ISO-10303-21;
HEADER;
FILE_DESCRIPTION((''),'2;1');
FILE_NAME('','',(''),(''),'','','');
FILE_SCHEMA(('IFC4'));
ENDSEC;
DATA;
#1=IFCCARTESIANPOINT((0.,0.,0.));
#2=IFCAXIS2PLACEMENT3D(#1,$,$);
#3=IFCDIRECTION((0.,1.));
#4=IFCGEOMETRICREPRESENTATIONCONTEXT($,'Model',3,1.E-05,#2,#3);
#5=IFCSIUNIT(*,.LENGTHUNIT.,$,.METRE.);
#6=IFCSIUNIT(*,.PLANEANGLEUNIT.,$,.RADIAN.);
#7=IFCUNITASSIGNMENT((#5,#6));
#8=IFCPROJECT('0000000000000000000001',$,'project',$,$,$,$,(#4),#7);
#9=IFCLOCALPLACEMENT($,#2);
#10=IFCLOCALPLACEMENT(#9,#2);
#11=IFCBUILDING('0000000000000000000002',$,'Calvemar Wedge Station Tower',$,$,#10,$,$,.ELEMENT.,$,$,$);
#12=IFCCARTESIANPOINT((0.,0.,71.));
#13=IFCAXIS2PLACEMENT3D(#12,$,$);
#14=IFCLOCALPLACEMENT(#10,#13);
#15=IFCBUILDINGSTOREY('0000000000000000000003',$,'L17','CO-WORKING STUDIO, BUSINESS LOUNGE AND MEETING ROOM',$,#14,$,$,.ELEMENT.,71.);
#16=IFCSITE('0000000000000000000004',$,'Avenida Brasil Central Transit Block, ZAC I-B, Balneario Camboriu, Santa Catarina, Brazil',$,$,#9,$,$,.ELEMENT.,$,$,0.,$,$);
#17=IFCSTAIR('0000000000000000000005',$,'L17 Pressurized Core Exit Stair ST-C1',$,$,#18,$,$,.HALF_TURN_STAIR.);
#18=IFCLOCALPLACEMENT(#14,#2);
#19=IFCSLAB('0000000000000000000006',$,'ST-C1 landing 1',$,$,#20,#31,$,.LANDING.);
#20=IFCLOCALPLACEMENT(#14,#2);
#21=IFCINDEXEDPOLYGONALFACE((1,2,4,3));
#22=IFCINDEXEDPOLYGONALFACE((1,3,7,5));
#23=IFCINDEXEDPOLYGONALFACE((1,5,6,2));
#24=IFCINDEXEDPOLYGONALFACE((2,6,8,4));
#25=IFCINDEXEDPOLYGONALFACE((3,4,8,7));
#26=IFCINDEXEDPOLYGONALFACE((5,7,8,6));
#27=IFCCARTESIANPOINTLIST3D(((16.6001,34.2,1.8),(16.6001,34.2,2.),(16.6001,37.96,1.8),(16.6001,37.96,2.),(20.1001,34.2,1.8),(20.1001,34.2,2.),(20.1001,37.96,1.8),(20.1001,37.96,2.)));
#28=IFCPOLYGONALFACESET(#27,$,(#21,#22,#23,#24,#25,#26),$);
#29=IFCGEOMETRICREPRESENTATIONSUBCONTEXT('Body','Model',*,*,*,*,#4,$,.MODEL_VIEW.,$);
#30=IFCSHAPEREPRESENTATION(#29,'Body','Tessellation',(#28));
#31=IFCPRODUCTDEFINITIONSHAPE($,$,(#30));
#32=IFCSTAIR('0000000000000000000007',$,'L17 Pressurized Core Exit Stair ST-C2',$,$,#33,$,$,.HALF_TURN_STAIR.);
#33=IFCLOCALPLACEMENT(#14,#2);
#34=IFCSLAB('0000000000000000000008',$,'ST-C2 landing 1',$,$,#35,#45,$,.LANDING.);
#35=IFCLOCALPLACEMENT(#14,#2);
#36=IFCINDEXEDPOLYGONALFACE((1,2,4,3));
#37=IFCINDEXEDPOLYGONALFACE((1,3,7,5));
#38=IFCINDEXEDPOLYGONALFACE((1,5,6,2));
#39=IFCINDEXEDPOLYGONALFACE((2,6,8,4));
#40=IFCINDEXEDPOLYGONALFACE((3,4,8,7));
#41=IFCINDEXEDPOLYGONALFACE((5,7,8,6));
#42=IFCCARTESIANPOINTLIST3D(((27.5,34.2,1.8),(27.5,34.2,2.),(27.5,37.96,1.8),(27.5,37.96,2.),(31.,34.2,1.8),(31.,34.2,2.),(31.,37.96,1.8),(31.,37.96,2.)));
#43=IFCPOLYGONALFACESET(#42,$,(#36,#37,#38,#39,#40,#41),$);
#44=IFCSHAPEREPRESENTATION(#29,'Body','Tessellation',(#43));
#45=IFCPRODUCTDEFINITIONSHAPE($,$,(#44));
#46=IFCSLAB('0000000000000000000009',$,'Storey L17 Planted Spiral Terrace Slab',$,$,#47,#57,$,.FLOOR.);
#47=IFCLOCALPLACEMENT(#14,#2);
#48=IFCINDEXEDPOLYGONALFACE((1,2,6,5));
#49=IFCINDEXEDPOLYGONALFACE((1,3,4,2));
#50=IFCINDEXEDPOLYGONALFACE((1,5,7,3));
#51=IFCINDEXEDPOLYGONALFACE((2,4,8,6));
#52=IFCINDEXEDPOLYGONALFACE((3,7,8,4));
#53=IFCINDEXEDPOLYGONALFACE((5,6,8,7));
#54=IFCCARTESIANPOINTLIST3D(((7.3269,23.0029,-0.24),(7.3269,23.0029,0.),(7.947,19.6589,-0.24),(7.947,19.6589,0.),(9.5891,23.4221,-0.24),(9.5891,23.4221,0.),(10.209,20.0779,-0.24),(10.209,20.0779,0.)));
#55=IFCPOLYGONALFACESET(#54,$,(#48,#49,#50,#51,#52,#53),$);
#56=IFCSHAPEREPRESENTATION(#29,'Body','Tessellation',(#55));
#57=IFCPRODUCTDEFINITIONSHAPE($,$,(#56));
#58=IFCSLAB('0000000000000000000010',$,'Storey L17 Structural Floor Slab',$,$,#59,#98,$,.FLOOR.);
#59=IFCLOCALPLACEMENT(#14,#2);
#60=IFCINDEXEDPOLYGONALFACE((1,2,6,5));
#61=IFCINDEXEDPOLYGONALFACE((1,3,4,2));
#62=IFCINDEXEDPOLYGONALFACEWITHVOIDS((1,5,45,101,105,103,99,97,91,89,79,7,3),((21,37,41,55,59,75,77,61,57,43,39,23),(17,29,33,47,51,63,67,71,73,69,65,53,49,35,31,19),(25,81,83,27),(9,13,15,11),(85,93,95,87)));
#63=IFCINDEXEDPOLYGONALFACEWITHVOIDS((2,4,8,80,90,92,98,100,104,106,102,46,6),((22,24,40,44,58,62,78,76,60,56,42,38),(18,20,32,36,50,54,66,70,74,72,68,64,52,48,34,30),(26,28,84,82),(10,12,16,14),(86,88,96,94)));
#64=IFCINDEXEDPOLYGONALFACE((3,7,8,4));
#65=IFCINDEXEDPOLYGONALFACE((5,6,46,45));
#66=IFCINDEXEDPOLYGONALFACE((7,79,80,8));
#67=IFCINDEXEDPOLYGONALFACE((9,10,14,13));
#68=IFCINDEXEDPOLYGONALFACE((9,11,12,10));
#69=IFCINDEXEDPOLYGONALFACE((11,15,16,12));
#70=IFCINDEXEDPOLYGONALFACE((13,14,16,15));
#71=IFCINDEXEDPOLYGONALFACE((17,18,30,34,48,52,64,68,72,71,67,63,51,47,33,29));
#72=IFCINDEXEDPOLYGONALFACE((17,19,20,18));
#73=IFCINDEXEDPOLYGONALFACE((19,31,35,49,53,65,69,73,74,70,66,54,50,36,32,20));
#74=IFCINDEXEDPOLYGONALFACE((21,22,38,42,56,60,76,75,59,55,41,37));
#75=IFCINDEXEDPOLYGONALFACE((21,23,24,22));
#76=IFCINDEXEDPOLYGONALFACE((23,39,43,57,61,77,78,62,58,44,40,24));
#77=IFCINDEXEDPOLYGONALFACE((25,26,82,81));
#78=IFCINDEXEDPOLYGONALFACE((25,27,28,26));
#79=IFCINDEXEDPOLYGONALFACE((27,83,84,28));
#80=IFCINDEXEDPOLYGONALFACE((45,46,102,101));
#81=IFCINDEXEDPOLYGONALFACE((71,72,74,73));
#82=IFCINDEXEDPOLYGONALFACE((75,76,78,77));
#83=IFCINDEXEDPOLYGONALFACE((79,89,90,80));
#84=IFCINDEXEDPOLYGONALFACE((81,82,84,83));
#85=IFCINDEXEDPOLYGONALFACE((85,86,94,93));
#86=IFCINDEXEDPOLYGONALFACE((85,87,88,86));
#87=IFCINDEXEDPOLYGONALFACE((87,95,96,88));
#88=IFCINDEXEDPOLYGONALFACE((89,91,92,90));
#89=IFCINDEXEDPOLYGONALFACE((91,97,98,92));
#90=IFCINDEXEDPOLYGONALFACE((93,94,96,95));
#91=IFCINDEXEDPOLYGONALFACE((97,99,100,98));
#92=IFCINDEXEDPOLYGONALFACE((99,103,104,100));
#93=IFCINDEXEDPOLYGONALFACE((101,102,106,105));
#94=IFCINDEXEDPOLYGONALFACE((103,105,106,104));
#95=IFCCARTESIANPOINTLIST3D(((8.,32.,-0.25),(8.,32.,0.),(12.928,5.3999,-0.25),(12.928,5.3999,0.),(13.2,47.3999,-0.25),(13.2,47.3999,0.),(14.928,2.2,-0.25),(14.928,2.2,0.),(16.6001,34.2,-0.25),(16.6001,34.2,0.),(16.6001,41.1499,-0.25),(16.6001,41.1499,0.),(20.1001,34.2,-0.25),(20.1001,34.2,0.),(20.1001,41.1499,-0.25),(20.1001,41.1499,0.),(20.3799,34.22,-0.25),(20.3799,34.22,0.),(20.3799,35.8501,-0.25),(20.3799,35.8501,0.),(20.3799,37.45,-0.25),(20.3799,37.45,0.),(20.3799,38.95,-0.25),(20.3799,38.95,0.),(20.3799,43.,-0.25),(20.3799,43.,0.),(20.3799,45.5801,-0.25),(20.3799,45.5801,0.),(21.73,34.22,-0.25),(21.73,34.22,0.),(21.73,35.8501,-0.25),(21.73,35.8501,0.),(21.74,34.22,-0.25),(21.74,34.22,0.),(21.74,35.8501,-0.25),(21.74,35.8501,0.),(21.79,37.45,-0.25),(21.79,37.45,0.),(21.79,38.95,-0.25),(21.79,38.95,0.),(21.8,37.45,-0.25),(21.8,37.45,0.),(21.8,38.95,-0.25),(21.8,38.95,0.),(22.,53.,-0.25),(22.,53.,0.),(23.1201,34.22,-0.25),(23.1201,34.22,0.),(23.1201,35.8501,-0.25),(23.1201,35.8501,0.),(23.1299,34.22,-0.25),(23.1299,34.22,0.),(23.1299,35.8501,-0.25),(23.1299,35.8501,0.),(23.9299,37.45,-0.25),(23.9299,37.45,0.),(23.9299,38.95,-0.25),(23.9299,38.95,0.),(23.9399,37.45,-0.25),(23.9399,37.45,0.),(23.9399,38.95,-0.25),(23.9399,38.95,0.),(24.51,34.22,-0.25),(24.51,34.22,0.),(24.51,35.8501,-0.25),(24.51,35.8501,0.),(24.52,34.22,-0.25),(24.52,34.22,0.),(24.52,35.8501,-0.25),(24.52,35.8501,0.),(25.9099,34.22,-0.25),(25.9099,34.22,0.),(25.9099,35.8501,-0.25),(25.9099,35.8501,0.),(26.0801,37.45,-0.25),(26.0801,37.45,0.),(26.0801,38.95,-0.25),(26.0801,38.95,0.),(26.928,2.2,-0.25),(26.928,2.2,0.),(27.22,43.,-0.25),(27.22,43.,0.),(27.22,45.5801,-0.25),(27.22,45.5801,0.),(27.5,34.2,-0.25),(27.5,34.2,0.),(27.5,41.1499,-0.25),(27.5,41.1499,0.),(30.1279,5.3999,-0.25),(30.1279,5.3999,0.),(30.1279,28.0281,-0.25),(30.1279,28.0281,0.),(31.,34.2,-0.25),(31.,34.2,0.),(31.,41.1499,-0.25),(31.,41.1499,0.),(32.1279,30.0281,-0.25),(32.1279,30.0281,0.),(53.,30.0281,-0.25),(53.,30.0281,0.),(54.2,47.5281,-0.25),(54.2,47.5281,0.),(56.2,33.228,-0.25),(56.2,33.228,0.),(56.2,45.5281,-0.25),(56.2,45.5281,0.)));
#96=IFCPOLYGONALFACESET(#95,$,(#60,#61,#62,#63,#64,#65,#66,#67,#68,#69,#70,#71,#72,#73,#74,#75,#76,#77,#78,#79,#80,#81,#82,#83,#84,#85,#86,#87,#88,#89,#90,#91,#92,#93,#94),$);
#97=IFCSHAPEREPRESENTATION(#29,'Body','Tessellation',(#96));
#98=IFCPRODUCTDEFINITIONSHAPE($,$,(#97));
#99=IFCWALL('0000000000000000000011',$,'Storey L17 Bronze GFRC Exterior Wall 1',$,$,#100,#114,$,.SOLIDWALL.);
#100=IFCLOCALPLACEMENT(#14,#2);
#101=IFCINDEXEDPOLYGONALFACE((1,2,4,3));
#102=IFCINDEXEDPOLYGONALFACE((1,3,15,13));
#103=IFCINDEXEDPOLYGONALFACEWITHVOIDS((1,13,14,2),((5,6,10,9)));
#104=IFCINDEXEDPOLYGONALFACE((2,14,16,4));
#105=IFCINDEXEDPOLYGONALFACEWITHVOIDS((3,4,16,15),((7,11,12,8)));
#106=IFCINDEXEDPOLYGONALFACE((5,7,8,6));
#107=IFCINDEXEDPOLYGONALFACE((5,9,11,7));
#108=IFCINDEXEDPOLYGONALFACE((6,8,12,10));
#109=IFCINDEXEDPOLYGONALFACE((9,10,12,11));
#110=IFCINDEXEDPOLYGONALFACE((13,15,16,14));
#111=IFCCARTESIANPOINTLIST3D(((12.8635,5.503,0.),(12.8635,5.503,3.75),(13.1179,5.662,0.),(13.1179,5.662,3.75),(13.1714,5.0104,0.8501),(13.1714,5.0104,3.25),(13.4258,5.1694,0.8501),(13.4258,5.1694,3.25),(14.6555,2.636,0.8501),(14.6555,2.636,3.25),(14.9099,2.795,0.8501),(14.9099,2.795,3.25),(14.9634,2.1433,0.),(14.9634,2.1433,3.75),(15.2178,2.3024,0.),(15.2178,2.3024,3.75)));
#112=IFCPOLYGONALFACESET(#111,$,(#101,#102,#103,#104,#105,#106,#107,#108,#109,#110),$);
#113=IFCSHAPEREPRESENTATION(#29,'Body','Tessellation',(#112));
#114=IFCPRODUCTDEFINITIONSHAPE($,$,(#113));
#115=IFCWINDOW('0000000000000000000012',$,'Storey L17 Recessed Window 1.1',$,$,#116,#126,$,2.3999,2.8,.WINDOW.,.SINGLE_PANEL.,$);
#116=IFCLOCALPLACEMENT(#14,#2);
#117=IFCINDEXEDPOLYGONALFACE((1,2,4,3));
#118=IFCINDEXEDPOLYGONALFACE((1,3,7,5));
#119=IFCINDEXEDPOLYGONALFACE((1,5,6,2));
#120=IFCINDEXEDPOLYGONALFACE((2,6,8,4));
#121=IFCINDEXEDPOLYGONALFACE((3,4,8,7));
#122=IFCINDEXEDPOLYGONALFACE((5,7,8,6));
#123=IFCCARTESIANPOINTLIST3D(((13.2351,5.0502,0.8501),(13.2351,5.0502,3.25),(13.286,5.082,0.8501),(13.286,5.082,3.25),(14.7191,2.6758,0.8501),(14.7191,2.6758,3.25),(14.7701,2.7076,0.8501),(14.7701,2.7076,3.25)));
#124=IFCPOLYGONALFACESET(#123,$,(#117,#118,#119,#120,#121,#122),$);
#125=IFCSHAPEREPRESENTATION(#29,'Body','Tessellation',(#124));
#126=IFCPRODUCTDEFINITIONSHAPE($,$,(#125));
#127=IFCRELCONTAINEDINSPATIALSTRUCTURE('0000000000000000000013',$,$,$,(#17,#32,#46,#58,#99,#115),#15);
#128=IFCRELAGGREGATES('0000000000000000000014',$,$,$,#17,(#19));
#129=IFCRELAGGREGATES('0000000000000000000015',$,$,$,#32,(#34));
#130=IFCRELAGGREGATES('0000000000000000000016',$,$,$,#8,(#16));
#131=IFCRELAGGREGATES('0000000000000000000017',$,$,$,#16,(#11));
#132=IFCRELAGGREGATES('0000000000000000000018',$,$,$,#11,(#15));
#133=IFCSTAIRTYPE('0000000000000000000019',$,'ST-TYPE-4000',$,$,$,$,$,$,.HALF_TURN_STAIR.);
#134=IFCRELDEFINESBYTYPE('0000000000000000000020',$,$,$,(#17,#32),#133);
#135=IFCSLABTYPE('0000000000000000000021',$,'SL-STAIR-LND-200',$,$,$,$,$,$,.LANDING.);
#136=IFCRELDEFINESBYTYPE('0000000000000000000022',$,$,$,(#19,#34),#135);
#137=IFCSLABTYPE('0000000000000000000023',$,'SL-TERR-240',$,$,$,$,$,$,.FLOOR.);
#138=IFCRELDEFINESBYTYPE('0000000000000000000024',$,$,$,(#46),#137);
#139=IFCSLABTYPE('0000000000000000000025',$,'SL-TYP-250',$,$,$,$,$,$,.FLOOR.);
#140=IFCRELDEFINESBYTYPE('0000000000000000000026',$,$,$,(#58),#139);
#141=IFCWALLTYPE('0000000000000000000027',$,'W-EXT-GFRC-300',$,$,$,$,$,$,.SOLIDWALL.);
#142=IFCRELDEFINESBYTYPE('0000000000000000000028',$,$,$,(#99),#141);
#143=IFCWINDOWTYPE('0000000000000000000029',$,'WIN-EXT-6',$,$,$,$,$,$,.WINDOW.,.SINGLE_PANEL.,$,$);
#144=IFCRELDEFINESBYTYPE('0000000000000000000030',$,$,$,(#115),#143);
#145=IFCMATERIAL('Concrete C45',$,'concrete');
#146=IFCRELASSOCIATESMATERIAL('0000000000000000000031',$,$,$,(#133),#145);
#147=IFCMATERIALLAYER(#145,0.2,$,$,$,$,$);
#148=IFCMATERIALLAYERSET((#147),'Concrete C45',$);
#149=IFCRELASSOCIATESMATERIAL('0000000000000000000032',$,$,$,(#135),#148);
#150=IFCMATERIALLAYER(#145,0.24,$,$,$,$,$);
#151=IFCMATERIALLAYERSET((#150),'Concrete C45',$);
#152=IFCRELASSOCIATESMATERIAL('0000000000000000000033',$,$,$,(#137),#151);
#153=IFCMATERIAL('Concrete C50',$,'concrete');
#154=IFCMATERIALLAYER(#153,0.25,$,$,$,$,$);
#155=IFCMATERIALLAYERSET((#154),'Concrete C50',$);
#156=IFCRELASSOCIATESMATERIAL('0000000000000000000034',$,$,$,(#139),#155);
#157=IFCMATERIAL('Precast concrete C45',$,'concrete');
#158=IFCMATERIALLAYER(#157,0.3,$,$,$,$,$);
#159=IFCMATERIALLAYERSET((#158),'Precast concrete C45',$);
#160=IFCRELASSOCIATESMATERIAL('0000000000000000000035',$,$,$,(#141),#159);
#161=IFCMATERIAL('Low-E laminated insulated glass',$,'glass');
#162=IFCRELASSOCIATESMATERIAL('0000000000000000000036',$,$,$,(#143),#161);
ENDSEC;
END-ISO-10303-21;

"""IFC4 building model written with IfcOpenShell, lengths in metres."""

from ifc_helpers import new_model, si_unit, direction, frame, frame_2d, origin, place, context, subcontext, project, spatial, polyline, rectangle, outline, extrude, source, transform, mapped, material, layer, layer_set, type_object, element, fill, aggregate, save


model = new_model("IFC4")

# Units and contexts
model_context = context("Model", 3, precision=1e-05, world=origin(), true_north=direction((0.0, 1.0)))
body_context = subcontext(model_context, "Body", "Model", "MODEL_VIEW")
ifc_project = project(units=[si_unit("LENGTHUNIT", "METRE"), si_unit("PLANEANGLEUNIT", "RADIAN")], contexts=[model_context])

# Site, building, storey
site_placement = place(None, origin())
site = spatial("IfcSite", under=ifc_project, at=site_placement, Name="Avenida Brasil Central Transit Block, ZAC I-B, Balneario Camboriu, Santa Catarina, Brazil", CompositionType="ELEMENT", RefElevation=0.0)
building_placement = place(site_placement, origin())
building = spatial("IfcBuilding", under=site, at=building_placement, Name="Calvemar Wedge Station Tower", CompositionType="ELEMENT")
storey_placement = place(building_placement, frame((0.0, 0.0, 71.0)))
storey = spatial("IfcBuildingStorey", under=building, at=storey_placement, Name="L17", Description="CO-WORKING STUDIO, BUSINESS LOUNGE AND MEETING ROOM", CompositionType="ELEMENT", Elevation=71.0)

# Stairs, slabs
ifc_material_1 = material(Name="Concrete C45", Category="concrete")
stair_type = type_object("IfcStairType", Name="ST-TYPE-4000", PredefinedType="HALF_TURN_STAIR", material=ifc_material_1)
stair_1_placement = place(storey_placement, origin())
stair_1 = element("IfcStair", 1, at=stair_1_placement, inside=storey, type_object=stair_type, Name="L17 Pressurized Core Exit Stair ST-C1", PredefinedType="HALF_TURN_STAIR")
ifc_layer_1 = layer(ifc_material_1, 0.2)
ifc_layer_set_1 = layer_set([ifc_layer_1], Name="Concrete C45")
slab_type_1 = type_object("IfcSlabType", Name="SL-STAIR-LND-200", PredefinedType="LANDING", material=ifc_layer_set_1)
slab_1_placement = place(storey_placement, frame((0.0, 0.0, 1.8)))
slab_1 = element("IfcSlab", 2, at=slab_1_placement, type_object=slab_type_1, Name="ST-C1 landing 1", PredefinedType="LANDING", context=body_context, shape_type="SweptSolid", body=[
    extrude(outline(polyline([(16.6001, 37.96), (16.6001, 34.2), (20.1001, 34.2), (20.1001, 37.96), (16.6001, 37.96)])), origin(), (0.0, 0.0, 1.0), 0.2),
])
aggregate(stair_1, [slab_1])
stair_2_placement = place(storey_placement, origin())
stair_2 = element("IfcStair", 3, at=stair_2_placement, inside=storey, type_object=stair_type, Name="L17 Pressurized Core Exit Stair ST-C2", PredefinedType="HALF_TURN_STAIR")
slab_2_placement = place(storey_placement, frame((0.0, 0.0, 1.8)))
slab_2 = element("IfcSlab", 4, at=slab_2_placement, type_object=slab_type_1, Name="ST-C2 landing 1", PredefinedType="LANDING", context=body_context, shape_type="SweptSolid", body=[
    extrude(outline(polyline([(27.5, 37.96), (27.5, 34.2), (31.0, 34.2), (31.0, 37.96), (27.5, 37.96)])), origin(), (0.0, 0.0, 1.0), 0.2),
])
aggregate(stair_2, [slab_2])

# Slabs
ifc_layer_2 = layer(ifc_material_1, 0.24)
ifc_layer_set_2 = layer_set([ifc_layer_2], Name="Concrete C45")
slab_type_2 = type_object("IfcSlabType", Name="SL-TERR-240", PredefinedType="FLOOR", material=ifc_layer_set_2)
slab_3_placement = place(storey_placement, frame((0.0, 0.0, -0.24)))
element("IfcSlab", 5, at=slab_3_placement, inside=storey, type_object=slab_type_2, Name="Storey L17 Planted Spiral Terrace Slab", PredefinedType="FLOOR", context=body_context, shape_type="SweptSolid", body=[
    extrude(outline(polyline([(9.5891, 23.4221), (7.3269, 23.0029), (7.947, 19.6589), (10.209, 20.0779), (9.5891, 23.4221)])), origin(), (0.0, 0.0, 1.0), 0.24),
])
ifc_material_2 = material(Name="Concrete C50", Category="concrete")
ifc_layer_3 = layer(ifc_material_2, 0.25)
ifc_layer_set_3 = layer_set([ifc_layer_3], Name="Concrete C50")
slab_type_3 = type_object("IfcSlabType", Name="SL-TYP-250", PredefinedType="FLOOR", material=ifc_layer_set_3)
slab_4_placement = place(storey_placement, frame((0.0, 0.0, -0.25)))
element("IfcSlab", 6, at=slab_4_placement, inside=storey, type_object=slab_type_3, Name="Storey L17 Structural Floor Slab", PredefinedType="FLOOR", context=body_context, shape_type="SweptSolid", body=[
    extrude(outline(polyline([(8.0, 32.0), (12.928, 5.3999), (14.928, 2.2), (26.928, 2.2), (30.1279, 5.3999), (30.1279, 28.0281), (32.1279, 30.0281), (53.0, 30.0281), (56.2, 33.228), (56.2, 45.5281), (54.2, 47.5281), (22.0, 53.0), (13.2, 47.3999), (8.0, 32.0)]), holes=[polyline([(21.74, 35.8501), (21.73, 35.8501), (20.3799, 35.8501), (20.3799, 34.22), (21.73, 34.22), (21.74, 34.22), (23.1201, 34.22), (23.1299, 34.22), (24.51, 34.22), (24.52, 34.22), (25.9099, 34.22), (25.9099, 35.8501), (24.52, 35.8501), (24.51, 35.8501), (23.1299, 35.8501), (23.1201, 35.8501), (21.74, 35.8501)]), polyline([(16.6001, 41.1499), (16.6001, 34.2), (20.1001, 34.2), (20.1001, 41.1499), (16.6001, 41.1499)]), polyline([(27.5, 34.2), (31.0, 34.2), (31.0, 41.1499), (27.5, 41.1499), (27.5, 34.2)]), polyline([(21.79, 37.45), (21.8, 37.45), (23.9299, 37.45), (23.9399, 37.45), (26.0801, 37.45), (26.0801, 38.95), (23.9399, 38.95), (23.9299, 38.95), (21.8, 38.95), (21.79, 38.95), (20.3799, 38.95), (20.3799, 37.45), (21.79, 37.45)]), polyline([(20.3799, 43.0), (27.22, 43.0), (27.22, 45.5801), (20.3799, 45.5801), (20.3799, 43.0)])]), origin(), (0.0, 0.0, 1.0), 0.25),
])

# Wall, opening, window
ifc_material_3 = material(Name="Precast concrete C45", Category="concrete")
ifc_layer_4 = layer(ifc_material_3, 0.3)
ifc_layer_set_4 = layer_set([ifc_layer_4], Name="Precast concrete C45")
wall_type_1 = type_object("IfcWallType", Name="W-EXT-GFRC-300", PredefinedType="SOLIDWALL", material=ifc_layer_set_4)
wall_1_placement = place(storey_placement, frame((12.9907, 5.5825, 0.0), z_axis=(0.0, 0.0, 1.0), x_axis=(0.530016, -0.847988, 0.0)))
wall_1 = element("IfcWall", 7, at=wall_1_placement, inside=storey, type_object=wall_type_1, Name="Storey L17 Bronze GFRC Exterior Wall 1", PredefinedType="SOLIDWALL", context=body_context, shape_type="SweptSolid", body=[
    extrude(rectangle(XDim=3.9619, YDim=0.3, at=frame_2d((1.981, 0.0))), origin(), (0.0, 0.0, 1.0), 3.75),
])
shared_shape_1 = source(origin(), body_context, "Body", "SweptSolid", [
    extrude(rectangle(XDim=2.8, YDim=2.3999, at=frame_2d((1.3999, 1.2))), frame((0.0, 0.1602, 0.0), z_axis=(0.0, -1.0, 0.0), x_axis=(1.0, 0.0, 0.0)), (0.0, 0.0, 1.0), 0.3201),
])
opening_1_placement = place(wall_1_placement, frame((0.5811, 0.0, 0.8501)))
opening_1 = element("IfcOpeningElement", 8, at=opening_1_placement, cuts=wall_1, PredefinedType="OPENING", context=body_context, shape_type="MappedRepresentation", body=[
    mapped(shared_shape_1, transform((0.0, 0.0, 0.0), scale=1.0)),
])
ifc_material_4 = material(Name="Low-E laminated insulated glass", Category="glass")
window_type_1 = type_object("IfcWindowType", Name="WIN-EXT-6", PartitioningType="SINGLE_PANEL", PredefinedType="WINDOW", material=ifc_material_4)
shared_shape_2 = source(origin(), body_context, "Body", "SweptSolid", [
    extrude(rectangle(XDim=2.8, YDim=2.3999, at=frame_2d((1.3999, 1.2))), frame((0.0, -0.0149, 0.0), z_axis=(0.0, -1.0, 0.0), x_axis=(1.0, 0.0, 0.0)), (0.0, 0.0, 1.0), 0.0601),
])
window_1_placement = place(opening_1_placement, origin())
window_1 = element("IfcWindow", 9, at=window_1_placement, inside=storey, type_object=window_type_1, Name="Storey L17 Recessed Window 1.1", OverallHeight=2.3999, OverallWidth=2.8, PartitioningType="SINGLE_PANEL", PredefinedType="WINDOW", context=body_context, shape_type="MappedRepresentation", body=[
    mapped(shared_shape_2, transform((0.0, 0.0, 0.0), scale=1.0)),
])
fill(opening_1, window_1)

save(model, "model.ifc")
